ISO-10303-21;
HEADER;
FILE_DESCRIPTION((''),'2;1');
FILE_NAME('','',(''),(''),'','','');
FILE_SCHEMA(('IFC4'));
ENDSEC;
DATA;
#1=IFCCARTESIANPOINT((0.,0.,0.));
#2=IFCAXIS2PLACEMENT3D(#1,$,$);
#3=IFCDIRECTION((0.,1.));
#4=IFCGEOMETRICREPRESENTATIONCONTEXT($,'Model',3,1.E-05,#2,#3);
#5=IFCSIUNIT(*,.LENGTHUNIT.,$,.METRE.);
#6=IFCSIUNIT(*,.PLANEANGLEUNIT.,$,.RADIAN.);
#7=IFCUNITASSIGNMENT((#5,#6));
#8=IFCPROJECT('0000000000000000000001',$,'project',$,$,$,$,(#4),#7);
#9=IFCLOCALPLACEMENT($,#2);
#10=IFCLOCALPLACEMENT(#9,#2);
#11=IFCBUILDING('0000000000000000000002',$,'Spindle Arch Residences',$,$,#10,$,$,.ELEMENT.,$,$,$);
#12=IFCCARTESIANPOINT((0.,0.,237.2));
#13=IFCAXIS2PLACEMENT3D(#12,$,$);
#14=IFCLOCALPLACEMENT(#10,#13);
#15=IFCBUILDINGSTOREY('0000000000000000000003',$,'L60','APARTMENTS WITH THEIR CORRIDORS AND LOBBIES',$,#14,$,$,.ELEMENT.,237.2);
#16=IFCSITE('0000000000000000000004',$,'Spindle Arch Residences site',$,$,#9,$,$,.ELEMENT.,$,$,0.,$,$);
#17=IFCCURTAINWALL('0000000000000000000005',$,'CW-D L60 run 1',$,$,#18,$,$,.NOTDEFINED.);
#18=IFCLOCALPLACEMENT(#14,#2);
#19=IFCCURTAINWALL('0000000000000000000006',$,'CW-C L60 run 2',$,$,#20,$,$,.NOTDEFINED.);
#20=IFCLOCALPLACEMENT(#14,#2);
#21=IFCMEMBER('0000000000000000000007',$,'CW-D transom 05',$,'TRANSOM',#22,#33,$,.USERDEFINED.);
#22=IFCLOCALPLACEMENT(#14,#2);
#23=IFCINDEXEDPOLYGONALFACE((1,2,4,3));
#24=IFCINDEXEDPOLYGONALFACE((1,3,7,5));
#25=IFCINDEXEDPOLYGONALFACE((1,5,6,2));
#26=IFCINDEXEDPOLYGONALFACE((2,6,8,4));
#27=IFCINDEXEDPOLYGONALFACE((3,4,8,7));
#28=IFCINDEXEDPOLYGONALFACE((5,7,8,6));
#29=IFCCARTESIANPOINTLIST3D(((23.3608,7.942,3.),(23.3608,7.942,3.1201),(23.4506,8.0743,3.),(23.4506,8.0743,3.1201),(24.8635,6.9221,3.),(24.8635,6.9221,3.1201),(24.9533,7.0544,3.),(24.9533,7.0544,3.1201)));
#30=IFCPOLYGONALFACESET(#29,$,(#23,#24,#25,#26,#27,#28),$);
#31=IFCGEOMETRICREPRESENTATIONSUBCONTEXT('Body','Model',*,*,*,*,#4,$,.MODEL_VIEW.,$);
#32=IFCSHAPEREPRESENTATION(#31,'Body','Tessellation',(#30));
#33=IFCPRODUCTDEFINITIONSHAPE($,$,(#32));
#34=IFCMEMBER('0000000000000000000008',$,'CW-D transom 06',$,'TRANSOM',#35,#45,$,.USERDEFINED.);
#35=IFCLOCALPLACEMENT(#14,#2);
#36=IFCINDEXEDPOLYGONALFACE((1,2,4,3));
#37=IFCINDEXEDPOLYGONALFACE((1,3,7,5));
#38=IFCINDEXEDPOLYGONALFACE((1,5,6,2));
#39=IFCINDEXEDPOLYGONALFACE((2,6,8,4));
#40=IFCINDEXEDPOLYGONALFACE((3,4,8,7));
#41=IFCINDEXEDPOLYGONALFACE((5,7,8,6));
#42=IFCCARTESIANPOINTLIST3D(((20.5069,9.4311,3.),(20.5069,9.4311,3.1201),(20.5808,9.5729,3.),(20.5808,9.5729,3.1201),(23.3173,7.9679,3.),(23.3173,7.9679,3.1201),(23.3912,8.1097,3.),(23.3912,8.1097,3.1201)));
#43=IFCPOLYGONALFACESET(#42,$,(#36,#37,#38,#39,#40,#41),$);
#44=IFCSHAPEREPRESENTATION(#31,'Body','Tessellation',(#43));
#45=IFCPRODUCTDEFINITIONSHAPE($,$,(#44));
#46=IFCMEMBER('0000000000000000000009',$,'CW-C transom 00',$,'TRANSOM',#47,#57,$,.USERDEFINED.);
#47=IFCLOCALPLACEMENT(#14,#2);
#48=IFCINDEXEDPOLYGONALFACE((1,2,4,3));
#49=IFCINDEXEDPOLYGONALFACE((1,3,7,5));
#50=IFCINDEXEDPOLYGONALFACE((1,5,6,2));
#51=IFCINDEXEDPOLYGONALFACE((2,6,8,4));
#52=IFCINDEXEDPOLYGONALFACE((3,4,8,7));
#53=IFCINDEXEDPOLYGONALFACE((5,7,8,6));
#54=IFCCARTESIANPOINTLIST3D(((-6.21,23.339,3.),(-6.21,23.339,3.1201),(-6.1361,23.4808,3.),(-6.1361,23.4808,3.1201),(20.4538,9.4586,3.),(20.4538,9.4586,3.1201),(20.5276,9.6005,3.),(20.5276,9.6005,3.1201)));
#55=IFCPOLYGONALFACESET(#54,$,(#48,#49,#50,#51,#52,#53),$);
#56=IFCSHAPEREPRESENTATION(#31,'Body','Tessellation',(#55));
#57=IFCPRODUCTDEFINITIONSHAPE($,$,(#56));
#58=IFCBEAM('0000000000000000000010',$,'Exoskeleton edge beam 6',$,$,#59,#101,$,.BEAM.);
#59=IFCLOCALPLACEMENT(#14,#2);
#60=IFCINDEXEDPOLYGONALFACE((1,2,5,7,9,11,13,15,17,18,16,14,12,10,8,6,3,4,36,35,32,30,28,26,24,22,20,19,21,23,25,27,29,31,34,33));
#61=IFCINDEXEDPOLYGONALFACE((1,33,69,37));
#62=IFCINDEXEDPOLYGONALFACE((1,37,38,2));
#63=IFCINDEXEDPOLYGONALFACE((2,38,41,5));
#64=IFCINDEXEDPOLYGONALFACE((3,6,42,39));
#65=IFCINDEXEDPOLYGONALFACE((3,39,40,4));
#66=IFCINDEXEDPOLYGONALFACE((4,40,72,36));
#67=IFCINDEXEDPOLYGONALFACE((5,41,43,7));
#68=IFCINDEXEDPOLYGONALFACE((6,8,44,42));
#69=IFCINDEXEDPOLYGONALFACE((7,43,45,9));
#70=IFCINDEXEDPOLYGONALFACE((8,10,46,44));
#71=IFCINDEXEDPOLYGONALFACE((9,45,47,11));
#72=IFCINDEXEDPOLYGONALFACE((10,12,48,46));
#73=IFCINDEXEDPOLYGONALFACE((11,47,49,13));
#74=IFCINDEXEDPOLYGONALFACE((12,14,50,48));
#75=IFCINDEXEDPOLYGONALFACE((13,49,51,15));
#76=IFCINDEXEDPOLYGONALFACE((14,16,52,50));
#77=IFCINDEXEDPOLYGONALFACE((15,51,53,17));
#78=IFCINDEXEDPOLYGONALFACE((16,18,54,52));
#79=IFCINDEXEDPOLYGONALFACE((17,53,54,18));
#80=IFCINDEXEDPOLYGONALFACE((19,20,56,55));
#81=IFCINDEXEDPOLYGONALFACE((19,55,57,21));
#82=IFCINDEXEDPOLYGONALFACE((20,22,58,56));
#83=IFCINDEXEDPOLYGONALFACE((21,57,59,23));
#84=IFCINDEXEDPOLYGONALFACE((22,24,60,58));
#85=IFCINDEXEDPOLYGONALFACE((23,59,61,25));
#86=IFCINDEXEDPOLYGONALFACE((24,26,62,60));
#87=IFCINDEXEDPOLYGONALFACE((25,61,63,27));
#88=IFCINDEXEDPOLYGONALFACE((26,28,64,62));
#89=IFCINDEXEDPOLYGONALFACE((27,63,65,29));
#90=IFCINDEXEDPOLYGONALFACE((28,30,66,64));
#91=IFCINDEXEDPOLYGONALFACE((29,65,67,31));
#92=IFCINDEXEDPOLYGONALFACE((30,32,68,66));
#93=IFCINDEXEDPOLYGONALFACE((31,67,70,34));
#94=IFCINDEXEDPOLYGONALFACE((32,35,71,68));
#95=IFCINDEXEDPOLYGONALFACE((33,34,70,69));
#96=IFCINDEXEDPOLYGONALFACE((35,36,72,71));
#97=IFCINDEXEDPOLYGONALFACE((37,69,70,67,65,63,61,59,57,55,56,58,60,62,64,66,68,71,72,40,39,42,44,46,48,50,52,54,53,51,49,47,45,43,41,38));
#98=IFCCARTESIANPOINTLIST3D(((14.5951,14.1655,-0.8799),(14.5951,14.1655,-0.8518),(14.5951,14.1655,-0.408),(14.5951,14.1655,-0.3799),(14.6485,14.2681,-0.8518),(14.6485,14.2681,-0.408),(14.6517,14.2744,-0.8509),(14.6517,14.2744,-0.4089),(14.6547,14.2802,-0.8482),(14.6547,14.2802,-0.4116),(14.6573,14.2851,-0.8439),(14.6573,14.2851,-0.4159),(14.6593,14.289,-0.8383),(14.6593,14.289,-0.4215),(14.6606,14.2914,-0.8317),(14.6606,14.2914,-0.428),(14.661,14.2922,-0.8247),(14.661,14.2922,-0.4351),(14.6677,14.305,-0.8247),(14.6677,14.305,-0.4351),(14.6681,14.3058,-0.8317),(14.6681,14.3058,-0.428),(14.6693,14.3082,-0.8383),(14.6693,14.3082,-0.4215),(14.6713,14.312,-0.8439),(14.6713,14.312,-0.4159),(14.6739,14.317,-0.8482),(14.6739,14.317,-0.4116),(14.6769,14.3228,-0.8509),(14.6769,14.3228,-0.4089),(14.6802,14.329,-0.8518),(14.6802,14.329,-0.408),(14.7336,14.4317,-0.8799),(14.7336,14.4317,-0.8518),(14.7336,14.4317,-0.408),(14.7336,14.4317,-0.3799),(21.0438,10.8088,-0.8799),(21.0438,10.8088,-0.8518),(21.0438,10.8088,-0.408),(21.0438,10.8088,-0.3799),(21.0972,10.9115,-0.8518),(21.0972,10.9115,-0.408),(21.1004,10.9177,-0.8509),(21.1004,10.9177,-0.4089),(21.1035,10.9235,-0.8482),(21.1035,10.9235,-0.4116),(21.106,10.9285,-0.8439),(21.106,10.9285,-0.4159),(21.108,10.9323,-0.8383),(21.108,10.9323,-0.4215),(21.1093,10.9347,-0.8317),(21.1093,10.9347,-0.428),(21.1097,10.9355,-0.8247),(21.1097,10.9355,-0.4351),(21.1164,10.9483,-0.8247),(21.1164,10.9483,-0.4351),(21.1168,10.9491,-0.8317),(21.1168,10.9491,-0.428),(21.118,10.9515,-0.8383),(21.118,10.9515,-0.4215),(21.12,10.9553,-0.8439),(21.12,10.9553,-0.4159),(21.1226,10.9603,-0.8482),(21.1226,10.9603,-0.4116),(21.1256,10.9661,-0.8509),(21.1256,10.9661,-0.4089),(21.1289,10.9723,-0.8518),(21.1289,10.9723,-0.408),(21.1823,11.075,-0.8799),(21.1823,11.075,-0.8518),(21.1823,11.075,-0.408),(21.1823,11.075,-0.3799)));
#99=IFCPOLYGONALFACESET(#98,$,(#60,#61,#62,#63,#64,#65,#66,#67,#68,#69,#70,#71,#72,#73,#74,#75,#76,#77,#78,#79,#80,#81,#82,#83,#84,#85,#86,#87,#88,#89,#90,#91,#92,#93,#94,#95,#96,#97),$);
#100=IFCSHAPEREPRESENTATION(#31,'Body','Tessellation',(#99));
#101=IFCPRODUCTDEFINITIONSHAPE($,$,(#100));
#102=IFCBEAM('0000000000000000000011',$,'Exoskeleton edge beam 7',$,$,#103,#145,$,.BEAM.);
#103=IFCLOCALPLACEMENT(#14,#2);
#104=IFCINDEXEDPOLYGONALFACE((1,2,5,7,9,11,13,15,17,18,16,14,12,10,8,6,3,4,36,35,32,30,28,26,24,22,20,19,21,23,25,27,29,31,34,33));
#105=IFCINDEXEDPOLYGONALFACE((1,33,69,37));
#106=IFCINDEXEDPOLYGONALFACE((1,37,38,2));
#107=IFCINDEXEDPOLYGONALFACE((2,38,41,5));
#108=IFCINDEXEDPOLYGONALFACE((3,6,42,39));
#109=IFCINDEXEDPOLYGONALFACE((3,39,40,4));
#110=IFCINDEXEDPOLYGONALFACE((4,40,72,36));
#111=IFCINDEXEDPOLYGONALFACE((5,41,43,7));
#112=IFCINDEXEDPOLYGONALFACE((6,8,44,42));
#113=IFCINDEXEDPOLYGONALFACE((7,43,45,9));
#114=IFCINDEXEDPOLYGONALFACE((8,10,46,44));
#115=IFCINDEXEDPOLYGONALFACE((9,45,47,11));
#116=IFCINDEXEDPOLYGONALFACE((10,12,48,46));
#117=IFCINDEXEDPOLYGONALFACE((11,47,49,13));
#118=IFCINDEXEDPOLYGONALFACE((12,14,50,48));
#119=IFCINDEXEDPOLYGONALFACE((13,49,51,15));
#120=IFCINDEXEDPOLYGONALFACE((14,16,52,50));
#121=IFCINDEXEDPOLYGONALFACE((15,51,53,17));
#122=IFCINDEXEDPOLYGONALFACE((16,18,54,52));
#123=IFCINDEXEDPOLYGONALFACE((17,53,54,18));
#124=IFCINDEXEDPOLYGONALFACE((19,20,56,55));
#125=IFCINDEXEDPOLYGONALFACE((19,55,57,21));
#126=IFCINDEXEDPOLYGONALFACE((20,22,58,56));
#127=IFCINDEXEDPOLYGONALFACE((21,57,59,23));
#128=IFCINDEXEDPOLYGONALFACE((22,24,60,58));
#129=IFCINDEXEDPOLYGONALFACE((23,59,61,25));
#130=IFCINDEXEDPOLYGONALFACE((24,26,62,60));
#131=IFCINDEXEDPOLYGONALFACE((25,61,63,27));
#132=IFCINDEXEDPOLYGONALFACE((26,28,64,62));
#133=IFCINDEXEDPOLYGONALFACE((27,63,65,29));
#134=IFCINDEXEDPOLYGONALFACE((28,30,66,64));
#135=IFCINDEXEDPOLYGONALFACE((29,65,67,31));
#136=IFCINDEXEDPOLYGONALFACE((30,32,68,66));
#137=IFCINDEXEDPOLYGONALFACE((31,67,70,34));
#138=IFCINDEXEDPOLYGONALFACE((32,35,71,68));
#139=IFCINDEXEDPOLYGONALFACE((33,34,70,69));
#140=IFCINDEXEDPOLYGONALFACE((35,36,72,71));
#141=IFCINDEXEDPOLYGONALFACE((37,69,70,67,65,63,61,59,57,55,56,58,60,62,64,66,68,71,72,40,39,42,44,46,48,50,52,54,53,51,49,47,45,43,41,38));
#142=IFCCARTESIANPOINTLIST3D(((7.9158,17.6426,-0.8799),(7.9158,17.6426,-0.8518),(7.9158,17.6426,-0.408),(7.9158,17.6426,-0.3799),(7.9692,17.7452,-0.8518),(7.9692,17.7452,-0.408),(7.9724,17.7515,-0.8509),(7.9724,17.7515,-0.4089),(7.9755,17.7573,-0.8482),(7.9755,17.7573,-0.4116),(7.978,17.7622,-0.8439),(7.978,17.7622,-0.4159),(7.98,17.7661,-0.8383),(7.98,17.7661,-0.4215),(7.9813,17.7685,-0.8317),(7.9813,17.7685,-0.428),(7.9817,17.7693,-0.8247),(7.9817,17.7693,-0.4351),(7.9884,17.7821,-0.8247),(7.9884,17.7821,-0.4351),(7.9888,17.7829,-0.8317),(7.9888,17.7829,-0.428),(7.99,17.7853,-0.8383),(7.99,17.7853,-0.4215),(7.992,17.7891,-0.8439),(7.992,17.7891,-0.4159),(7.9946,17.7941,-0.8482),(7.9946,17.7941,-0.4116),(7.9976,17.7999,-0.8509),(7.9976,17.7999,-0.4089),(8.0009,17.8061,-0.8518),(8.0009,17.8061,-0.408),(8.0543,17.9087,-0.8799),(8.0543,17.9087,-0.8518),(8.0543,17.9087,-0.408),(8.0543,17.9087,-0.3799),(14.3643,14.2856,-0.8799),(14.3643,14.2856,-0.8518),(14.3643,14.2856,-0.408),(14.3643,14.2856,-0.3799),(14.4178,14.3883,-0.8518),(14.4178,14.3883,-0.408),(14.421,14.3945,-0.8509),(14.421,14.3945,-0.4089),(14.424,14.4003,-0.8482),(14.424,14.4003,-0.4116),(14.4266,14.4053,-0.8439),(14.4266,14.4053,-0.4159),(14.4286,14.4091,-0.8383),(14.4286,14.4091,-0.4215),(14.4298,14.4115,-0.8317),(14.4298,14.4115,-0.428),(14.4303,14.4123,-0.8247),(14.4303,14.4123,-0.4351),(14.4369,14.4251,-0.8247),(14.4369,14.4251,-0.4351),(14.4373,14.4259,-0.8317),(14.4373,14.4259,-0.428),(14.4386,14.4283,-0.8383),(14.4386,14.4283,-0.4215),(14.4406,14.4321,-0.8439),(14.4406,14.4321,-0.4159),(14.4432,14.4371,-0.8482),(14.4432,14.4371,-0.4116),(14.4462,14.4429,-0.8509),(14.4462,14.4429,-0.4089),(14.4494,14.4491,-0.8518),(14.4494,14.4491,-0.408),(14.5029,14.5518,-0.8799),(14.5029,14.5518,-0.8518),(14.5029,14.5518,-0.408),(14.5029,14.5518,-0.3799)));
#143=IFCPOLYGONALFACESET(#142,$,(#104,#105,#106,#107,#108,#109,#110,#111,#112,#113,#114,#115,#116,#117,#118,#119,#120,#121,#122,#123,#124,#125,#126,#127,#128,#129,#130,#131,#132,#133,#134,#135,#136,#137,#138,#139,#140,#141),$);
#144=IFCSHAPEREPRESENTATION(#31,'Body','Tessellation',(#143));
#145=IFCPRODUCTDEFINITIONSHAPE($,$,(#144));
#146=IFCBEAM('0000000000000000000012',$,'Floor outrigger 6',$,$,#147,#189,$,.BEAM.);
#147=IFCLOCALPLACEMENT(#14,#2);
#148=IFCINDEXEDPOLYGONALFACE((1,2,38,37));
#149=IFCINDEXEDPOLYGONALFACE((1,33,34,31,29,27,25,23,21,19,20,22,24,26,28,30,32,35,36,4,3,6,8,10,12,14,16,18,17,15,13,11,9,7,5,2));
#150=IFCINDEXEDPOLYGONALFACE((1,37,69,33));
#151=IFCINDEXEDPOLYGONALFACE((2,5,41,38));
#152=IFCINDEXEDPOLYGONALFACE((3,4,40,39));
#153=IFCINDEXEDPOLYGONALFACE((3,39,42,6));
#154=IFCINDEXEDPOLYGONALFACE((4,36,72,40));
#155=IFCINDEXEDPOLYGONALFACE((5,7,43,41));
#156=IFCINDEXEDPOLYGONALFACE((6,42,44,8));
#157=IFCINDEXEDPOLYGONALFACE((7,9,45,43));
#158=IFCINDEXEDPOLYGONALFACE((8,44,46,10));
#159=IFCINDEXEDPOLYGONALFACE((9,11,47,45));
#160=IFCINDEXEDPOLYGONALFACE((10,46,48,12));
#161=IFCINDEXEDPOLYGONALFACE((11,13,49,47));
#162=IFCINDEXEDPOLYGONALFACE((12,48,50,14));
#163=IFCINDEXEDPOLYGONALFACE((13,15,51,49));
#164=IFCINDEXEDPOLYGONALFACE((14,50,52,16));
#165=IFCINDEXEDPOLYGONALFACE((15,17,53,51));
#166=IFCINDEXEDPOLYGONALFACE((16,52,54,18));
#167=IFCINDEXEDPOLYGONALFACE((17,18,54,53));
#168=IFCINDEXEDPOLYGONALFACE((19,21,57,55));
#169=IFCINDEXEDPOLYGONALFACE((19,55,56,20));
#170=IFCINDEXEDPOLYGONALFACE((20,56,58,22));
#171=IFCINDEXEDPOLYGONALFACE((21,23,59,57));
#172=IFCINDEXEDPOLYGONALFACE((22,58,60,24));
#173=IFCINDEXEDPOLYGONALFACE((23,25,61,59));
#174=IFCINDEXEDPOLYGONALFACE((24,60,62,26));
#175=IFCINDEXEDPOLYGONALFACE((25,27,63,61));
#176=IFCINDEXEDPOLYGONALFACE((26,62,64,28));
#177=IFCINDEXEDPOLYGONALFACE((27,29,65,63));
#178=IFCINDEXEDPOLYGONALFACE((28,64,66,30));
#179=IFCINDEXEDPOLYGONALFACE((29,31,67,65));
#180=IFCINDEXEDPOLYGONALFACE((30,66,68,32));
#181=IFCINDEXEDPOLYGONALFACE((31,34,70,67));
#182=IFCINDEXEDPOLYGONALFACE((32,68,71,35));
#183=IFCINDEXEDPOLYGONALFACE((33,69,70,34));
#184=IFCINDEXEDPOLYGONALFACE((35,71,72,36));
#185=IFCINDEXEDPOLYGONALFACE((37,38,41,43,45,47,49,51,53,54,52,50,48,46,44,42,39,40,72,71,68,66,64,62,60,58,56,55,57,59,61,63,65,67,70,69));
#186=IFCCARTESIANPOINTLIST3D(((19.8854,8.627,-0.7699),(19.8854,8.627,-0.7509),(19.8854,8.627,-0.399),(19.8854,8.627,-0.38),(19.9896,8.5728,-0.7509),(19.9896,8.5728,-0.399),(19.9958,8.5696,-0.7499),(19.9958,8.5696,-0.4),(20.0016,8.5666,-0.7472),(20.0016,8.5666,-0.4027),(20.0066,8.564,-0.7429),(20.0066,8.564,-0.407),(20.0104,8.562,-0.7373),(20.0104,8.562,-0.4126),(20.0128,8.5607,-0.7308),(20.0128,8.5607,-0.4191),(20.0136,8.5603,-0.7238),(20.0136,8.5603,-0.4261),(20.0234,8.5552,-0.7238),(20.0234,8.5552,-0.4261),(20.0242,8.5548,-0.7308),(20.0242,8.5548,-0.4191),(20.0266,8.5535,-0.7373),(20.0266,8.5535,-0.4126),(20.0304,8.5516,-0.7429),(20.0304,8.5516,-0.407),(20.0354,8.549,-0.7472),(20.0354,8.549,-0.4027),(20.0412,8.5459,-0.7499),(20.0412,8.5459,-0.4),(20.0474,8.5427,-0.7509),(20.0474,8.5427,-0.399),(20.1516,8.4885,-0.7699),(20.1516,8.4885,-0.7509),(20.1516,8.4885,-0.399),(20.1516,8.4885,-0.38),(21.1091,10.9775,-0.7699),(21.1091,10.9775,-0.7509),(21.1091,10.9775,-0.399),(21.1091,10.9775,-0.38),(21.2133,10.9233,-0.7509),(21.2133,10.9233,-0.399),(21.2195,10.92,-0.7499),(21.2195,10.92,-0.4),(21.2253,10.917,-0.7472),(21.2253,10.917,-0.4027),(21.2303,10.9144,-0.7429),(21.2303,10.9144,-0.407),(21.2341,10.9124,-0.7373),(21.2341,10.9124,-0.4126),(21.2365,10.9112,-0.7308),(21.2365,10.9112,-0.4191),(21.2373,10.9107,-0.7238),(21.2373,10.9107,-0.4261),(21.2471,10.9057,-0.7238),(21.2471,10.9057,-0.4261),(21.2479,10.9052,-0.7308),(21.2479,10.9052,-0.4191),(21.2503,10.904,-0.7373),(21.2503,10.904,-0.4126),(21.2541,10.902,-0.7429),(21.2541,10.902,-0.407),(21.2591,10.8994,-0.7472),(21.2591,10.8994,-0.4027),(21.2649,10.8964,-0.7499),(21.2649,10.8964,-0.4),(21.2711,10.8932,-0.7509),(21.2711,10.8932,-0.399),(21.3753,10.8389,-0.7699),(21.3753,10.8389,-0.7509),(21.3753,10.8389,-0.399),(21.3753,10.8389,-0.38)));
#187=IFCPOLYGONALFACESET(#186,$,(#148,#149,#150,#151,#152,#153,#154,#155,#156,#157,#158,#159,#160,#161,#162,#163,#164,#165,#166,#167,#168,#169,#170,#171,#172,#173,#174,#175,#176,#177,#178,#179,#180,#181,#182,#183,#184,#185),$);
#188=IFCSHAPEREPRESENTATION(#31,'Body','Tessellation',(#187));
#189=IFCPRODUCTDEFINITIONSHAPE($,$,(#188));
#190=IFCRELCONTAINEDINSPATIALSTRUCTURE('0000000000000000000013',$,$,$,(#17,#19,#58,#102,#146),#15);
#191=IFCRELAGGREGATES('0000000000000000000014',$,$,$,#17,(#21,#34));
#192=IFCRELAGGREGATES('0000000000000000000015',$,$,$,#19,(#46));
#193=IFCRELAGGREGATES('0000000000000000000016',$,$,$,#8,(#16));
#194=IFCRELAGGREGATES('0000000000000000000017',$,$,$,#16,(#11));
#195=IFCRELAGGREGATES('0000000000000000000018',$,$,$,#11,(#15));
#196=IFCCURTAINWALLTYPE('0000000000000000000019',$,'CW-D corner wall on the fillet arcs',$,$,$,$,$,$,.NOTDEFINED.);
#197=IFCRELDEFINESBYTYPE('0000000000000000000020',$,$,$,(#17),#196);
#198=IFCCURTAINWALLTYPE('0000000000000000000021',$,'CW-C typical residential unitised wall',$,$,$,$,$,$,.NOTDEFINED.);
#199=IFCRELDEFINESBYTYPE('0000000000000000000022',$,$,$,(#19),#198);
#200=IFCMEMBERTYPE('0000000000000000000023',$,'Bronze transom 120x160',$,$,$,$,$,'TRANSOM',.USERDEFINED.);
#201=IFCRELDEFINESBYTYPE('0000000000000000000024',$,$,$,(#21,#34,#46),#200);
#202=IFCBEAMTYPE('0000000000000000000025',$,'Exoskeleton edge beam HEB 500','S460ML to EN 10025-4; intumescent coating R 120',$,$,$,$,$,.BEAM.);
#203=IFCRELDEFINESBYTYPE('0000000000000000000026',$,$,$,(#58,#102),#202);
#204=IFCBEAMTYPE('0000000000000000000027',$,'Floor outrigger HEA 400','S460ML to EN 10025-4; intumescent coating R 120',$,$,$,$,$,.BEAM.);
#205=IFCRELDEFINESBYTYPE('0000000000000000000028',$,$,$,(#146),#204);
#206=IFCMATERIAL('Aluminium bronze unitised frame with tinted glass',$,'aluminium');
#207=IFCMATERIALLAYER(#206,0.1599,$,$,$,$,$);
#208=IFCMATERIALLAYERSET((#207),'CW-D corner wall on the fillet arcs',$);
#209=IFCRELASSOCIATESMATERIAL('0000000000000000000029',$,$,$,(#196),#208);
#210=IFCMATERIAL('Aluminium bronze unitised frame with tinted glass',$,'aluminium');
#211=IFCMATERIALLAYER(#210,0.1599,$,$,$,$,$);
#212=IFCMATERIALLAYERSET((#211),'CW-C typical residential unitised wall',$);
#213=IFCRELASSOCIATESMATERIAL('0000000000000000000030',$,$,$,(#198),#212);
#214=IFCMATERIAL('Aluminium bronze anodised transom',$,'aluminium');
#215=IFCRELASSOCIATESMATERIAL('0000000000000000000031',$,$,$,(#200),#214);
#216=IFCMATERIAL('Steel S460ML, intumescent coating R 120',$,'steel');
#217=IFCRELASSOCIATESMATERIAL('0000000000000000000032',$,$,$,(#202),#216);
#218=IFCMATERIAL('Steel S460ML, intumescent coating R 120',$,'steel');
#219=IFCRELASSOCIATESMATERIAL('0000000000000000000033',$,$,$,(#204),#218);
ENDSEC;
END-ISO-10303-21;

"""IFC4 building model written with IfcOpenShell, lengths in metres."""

from ifc_helpers import new_model, si_unit, direction, frame, origin, origin_2d, place, context, subcontext, project, spatial, rectangle, i_section, extrude, material, layer, layer_set, material_profile, profile_set, type_object, element, aggregate, save


model = new_model("IFC4")

# Units and contexts
model_context = context("Model", 3, precision=1e-05, world=origin(), true_north=direction((0.0, 1.0)))
body_context = subcontext(model_context, "Body", "Model", "MODEL_VIEW")
ifc_project = project(units=[si_unit("LENGTHUNIT", "METRE"), si_unit("PLANEANGLEUNIT", "RADIAN")], contexts=[model_context])

# Site, building, storey
site_placement = place(None, origin())
site = spatial("IfcSite", under=ifc_project, at=site_placement, Name="Spindle Arch Residences site", CompositionType="ELEMENT", RefElevation=0.0)
building_placement = place(site_placement, origin())
building = spatial("IfcBuilding", under=site, at=building_placement, Name="Spindle Arch Residences", CompositionType="ELEMENT")
storey_placement = place(building_placement, frame((0.0, 0.0, 237.2)))
storey = spatial("IfcBuildingStorey", under=building, at=storey_placement, Name="L60", Description="APARTMENTS WITH THEIR CORRIDORS AND LOBBIES", CompositionType="ELEMENT", Elevation=237.2)

# Curtain walls
ifc_material_1 = material(Name="Aluminium bronze unitised frame with tinted glass", Category="aluminium")
ifc_layer_1 = layer(ifc_material_1, 0.1599)
ifc_layer_set_1 = layer_set([ifc_layer_1], Name="CW-D corner wall on the fillet arcs")
curtain_wall_type_1 = type_object("IfcCurtainWallType", Name="CW-D corner wall on the fillet arcs", PredefinedType="NOTDEFINED", material=ifc_layer_set_1)
curtain_wall_1_placement = place(storey_placement, origin())
curtain_wall_1 = element("IfcCurtainWall", 1, at=curtain_wall_1_placement, inside=storey, type_object=curtain_wall_type_1, Name="CW-D L60 run 1", PredefinedType="NOTDEFINED")
ifc_material_2 = material(Name="Aluminium bronze unitised frame with tinted glass", Category="aluminium")
ifc_layer_2 = layer(ifc_material_2, 0.1599)
ifc_layer_set_2 = layer_set([ifc_layer_2], Name="CW-C typical residential unitised wall")
curtain_wall_type_2 = type_object("IfcCurtainWallType", Name="CW-C typical residential unitised wall", PredefinedType="NOTDEFINED", material=ifc_layer_set_2)
curtain_wall_2_placement = place(storey_placement, origin())
curtain_wall_2 = element("IfcCurtainWall", 2, at=curtain_wall_2_placement, inside=storey, type_object=curtain_wall_type_2, Name="CW-C L60 run 2", PredefinedType="NOTDEFINED")

# Members
ifc_material_3 = material(Name="Aluminium bronze anodised transom", Category="aluminium")
ifc_material_profile_1 = material_profile(ifc_material_3, rectangle(XDim=0.1599, YDim=0.1201, at=origin_2d()), Name="TR 120x160")
ifc_profile_set_1 = profile_set([ifc_material_profile_1], Name="Aluminium bronze anodised transom")
member_type_1 = type_object("IfcMemberType", Name="Bronze transom 120x160", ElementType="TRANSOM", PredefinedType="USERDEFINED", material=ifc_profile_set_1)
member_1_placement = place(storey_placement, frame((24.9084, 6.9883, 3.0601), z_axis=(-0.827451, 0.561538, 0.0), x_axis=(-0.561538, -0.827451, 0.0)))
member_1 = element("IfcMember", 3, at=member_1_placement, type_object=member_type_1, Name="CW-D transom 05", ObjectType="TRANSOM", PredefinedType="USERDEFINED", context=body_context, shape_type="SweptSolid", body=[
    extrude(rectangle(XDim=0.1599, YDim=0.1201, at=origin_2d()), origin(), (0.0, 0.0, 1.0), 1.8162),
])
member_2_placement = place(storey_placement, frame((23.3542, 8.0388, 3.0601), z_axis=(-0.886987, 0.461794, 0.0), x_axis=(-0.461794, -0.886987, 0.0)))
member_2 = element("IfcMember", 4, at=member_2_placement, type_object=member_type_1, Name="CW-D transom 06", ObjectType="TRANSOM", PredefinedType="USERDEFINED", context=body_context, shape_type="SweptSolid", body=[
    extrude(rectangle(XDim=0.1599, YDim=0.1201, at=origin_2d()), origin(), (0.0, 0.0, 1.0), 3.1685),
])
member_3_placement = place(storey_placement, frame((20.4907, 9.5295, 3.0601), z_axis=(-0.88701, 0.46175, 0.0), x_axis=(-0.46175, -0.88701, 0.0)))
member_3 = element("IfcMember", 5, at=member_3_placement, type_object=member_type_1, Name="CW-C transom 00", ObjectType="TRANSOM", PredefinedType="USERDEFINED", context=body_context, shape_type="SweptSolid", body=[
    extrude(rectangle(XDim=0.1599, YDim=0.1201, at=origin_2d()), origin(), (0.0, 0.0, 1.0), 30.0603),
])

# Beams
ifc_material_4 = material(Name="Steel S460ML, intumescent coating R 120", Category="steel")
ifc_material_profile_2 = material_profile(ifc_material_4, i_section(OverallWidth=0.3, OverallDepth=0.5, WebThickness=0.0144, FlangeThickness=0.0281, FilletRadius=0.0271, at=origin_2d()), Name="HEB 500")
ifc_profile_set_2 = profile_set([ifc_material_profile_2], Name="Steel S460ML, intumescent coating R 120")
beam_type_1 = type_object("IfcBeamType", Name="Exoskeleton edge beam HEB 500", Description="S460ML to EN 10025-4; intumescent coating R 120", PredefinedType="BEAM", material=ifc_profile_set_2)
for number, where, z_axis, x_axis, name in (
    (6, (21.113, 10.9419, -0.6299), (-0.887028, 0.461715, 0.0), (-0.461715, -0.887028, 0.0), "Exoskeleton edge beam 6"),
    (7, (14.4336, 14.4187, -0.6299), (-0.887007, 0.461756, 0.0), (-0.461756, -0.887007, 0.0), "Exoskeleton edge beam 7"),
):
    element("IfcBeam", number, at=place(storey_placement, frame(where, z_axis=z_axis, x_axis=x_axis)), inside=storey, type_object=beam_type_1, Name=name, PredefinedType="BEAM", context=body_context, shape_type="SweptSolid", body=[
        extrude(i_section(OverallWidth=0.3, OverallDepth=0.5, WebThickness=0.0144, FlangeThickness=0.0281, FilletRadius=0.0271, at=origin_2d()), origin(), (0.0, 0.0, 1.0), 7.27),
    ])
ifc_material_5 = material(Name="Steel S460ML, intumescent coating R 120", Category="steel")
ifc_material_profile_3 = material_profile(ifc_material_5, i_section(OverallWidth=0.3, OverallDepth=0.3899, WebThickness=0.011, FlangeThickness=0.019, FilletRadius=0.0271, at=origin_2d()), Name="HEA 400")
ifc_profile_set_3 = profile_set([ifc_material_profile_3], Name="Steel S460ML, intumescent coating R 120")
beam_type_2 = type_object("IfcBeamType", Name="Floor outrigger HEA 400", Description="S460ML to EN 10025-4; intumescent coating R 120", PredefinedType="BEAM", material=ifc_profile_set_3)
for number, where, z_axis, x_axis, name in (
    (8, (21.2422, 10.9082, -0.575), (-0.461785, -0.886992, 0.0), (0.886992, -0.461785, 0.0), "Floor outrigger 6"),
):
    element("IfcBeam", number, at=place(storey_placement, frame(where, z_axis=z_axis, x_axis=x_axis)), inside=storey, type_object=beam_type_2, Name=name, PredefinedType="BEAM", context=body_context, shape_type="SweptSolid", body=[
        extrude(i_section(OverallWidth=0.3, OverallDepth=0.3899, WebThickness=0.011, FlangeThickness=0.019, FilletRadius=0.0271, at=origin_2d()), origin(), (0.0, 0.0, 1.0), 2.6499),
    ])

aggregate(curtain_wall_1, [member_1, member_2])
aggregate(curtain_wall_2, [member_3])

save(model, "model.ifc")
